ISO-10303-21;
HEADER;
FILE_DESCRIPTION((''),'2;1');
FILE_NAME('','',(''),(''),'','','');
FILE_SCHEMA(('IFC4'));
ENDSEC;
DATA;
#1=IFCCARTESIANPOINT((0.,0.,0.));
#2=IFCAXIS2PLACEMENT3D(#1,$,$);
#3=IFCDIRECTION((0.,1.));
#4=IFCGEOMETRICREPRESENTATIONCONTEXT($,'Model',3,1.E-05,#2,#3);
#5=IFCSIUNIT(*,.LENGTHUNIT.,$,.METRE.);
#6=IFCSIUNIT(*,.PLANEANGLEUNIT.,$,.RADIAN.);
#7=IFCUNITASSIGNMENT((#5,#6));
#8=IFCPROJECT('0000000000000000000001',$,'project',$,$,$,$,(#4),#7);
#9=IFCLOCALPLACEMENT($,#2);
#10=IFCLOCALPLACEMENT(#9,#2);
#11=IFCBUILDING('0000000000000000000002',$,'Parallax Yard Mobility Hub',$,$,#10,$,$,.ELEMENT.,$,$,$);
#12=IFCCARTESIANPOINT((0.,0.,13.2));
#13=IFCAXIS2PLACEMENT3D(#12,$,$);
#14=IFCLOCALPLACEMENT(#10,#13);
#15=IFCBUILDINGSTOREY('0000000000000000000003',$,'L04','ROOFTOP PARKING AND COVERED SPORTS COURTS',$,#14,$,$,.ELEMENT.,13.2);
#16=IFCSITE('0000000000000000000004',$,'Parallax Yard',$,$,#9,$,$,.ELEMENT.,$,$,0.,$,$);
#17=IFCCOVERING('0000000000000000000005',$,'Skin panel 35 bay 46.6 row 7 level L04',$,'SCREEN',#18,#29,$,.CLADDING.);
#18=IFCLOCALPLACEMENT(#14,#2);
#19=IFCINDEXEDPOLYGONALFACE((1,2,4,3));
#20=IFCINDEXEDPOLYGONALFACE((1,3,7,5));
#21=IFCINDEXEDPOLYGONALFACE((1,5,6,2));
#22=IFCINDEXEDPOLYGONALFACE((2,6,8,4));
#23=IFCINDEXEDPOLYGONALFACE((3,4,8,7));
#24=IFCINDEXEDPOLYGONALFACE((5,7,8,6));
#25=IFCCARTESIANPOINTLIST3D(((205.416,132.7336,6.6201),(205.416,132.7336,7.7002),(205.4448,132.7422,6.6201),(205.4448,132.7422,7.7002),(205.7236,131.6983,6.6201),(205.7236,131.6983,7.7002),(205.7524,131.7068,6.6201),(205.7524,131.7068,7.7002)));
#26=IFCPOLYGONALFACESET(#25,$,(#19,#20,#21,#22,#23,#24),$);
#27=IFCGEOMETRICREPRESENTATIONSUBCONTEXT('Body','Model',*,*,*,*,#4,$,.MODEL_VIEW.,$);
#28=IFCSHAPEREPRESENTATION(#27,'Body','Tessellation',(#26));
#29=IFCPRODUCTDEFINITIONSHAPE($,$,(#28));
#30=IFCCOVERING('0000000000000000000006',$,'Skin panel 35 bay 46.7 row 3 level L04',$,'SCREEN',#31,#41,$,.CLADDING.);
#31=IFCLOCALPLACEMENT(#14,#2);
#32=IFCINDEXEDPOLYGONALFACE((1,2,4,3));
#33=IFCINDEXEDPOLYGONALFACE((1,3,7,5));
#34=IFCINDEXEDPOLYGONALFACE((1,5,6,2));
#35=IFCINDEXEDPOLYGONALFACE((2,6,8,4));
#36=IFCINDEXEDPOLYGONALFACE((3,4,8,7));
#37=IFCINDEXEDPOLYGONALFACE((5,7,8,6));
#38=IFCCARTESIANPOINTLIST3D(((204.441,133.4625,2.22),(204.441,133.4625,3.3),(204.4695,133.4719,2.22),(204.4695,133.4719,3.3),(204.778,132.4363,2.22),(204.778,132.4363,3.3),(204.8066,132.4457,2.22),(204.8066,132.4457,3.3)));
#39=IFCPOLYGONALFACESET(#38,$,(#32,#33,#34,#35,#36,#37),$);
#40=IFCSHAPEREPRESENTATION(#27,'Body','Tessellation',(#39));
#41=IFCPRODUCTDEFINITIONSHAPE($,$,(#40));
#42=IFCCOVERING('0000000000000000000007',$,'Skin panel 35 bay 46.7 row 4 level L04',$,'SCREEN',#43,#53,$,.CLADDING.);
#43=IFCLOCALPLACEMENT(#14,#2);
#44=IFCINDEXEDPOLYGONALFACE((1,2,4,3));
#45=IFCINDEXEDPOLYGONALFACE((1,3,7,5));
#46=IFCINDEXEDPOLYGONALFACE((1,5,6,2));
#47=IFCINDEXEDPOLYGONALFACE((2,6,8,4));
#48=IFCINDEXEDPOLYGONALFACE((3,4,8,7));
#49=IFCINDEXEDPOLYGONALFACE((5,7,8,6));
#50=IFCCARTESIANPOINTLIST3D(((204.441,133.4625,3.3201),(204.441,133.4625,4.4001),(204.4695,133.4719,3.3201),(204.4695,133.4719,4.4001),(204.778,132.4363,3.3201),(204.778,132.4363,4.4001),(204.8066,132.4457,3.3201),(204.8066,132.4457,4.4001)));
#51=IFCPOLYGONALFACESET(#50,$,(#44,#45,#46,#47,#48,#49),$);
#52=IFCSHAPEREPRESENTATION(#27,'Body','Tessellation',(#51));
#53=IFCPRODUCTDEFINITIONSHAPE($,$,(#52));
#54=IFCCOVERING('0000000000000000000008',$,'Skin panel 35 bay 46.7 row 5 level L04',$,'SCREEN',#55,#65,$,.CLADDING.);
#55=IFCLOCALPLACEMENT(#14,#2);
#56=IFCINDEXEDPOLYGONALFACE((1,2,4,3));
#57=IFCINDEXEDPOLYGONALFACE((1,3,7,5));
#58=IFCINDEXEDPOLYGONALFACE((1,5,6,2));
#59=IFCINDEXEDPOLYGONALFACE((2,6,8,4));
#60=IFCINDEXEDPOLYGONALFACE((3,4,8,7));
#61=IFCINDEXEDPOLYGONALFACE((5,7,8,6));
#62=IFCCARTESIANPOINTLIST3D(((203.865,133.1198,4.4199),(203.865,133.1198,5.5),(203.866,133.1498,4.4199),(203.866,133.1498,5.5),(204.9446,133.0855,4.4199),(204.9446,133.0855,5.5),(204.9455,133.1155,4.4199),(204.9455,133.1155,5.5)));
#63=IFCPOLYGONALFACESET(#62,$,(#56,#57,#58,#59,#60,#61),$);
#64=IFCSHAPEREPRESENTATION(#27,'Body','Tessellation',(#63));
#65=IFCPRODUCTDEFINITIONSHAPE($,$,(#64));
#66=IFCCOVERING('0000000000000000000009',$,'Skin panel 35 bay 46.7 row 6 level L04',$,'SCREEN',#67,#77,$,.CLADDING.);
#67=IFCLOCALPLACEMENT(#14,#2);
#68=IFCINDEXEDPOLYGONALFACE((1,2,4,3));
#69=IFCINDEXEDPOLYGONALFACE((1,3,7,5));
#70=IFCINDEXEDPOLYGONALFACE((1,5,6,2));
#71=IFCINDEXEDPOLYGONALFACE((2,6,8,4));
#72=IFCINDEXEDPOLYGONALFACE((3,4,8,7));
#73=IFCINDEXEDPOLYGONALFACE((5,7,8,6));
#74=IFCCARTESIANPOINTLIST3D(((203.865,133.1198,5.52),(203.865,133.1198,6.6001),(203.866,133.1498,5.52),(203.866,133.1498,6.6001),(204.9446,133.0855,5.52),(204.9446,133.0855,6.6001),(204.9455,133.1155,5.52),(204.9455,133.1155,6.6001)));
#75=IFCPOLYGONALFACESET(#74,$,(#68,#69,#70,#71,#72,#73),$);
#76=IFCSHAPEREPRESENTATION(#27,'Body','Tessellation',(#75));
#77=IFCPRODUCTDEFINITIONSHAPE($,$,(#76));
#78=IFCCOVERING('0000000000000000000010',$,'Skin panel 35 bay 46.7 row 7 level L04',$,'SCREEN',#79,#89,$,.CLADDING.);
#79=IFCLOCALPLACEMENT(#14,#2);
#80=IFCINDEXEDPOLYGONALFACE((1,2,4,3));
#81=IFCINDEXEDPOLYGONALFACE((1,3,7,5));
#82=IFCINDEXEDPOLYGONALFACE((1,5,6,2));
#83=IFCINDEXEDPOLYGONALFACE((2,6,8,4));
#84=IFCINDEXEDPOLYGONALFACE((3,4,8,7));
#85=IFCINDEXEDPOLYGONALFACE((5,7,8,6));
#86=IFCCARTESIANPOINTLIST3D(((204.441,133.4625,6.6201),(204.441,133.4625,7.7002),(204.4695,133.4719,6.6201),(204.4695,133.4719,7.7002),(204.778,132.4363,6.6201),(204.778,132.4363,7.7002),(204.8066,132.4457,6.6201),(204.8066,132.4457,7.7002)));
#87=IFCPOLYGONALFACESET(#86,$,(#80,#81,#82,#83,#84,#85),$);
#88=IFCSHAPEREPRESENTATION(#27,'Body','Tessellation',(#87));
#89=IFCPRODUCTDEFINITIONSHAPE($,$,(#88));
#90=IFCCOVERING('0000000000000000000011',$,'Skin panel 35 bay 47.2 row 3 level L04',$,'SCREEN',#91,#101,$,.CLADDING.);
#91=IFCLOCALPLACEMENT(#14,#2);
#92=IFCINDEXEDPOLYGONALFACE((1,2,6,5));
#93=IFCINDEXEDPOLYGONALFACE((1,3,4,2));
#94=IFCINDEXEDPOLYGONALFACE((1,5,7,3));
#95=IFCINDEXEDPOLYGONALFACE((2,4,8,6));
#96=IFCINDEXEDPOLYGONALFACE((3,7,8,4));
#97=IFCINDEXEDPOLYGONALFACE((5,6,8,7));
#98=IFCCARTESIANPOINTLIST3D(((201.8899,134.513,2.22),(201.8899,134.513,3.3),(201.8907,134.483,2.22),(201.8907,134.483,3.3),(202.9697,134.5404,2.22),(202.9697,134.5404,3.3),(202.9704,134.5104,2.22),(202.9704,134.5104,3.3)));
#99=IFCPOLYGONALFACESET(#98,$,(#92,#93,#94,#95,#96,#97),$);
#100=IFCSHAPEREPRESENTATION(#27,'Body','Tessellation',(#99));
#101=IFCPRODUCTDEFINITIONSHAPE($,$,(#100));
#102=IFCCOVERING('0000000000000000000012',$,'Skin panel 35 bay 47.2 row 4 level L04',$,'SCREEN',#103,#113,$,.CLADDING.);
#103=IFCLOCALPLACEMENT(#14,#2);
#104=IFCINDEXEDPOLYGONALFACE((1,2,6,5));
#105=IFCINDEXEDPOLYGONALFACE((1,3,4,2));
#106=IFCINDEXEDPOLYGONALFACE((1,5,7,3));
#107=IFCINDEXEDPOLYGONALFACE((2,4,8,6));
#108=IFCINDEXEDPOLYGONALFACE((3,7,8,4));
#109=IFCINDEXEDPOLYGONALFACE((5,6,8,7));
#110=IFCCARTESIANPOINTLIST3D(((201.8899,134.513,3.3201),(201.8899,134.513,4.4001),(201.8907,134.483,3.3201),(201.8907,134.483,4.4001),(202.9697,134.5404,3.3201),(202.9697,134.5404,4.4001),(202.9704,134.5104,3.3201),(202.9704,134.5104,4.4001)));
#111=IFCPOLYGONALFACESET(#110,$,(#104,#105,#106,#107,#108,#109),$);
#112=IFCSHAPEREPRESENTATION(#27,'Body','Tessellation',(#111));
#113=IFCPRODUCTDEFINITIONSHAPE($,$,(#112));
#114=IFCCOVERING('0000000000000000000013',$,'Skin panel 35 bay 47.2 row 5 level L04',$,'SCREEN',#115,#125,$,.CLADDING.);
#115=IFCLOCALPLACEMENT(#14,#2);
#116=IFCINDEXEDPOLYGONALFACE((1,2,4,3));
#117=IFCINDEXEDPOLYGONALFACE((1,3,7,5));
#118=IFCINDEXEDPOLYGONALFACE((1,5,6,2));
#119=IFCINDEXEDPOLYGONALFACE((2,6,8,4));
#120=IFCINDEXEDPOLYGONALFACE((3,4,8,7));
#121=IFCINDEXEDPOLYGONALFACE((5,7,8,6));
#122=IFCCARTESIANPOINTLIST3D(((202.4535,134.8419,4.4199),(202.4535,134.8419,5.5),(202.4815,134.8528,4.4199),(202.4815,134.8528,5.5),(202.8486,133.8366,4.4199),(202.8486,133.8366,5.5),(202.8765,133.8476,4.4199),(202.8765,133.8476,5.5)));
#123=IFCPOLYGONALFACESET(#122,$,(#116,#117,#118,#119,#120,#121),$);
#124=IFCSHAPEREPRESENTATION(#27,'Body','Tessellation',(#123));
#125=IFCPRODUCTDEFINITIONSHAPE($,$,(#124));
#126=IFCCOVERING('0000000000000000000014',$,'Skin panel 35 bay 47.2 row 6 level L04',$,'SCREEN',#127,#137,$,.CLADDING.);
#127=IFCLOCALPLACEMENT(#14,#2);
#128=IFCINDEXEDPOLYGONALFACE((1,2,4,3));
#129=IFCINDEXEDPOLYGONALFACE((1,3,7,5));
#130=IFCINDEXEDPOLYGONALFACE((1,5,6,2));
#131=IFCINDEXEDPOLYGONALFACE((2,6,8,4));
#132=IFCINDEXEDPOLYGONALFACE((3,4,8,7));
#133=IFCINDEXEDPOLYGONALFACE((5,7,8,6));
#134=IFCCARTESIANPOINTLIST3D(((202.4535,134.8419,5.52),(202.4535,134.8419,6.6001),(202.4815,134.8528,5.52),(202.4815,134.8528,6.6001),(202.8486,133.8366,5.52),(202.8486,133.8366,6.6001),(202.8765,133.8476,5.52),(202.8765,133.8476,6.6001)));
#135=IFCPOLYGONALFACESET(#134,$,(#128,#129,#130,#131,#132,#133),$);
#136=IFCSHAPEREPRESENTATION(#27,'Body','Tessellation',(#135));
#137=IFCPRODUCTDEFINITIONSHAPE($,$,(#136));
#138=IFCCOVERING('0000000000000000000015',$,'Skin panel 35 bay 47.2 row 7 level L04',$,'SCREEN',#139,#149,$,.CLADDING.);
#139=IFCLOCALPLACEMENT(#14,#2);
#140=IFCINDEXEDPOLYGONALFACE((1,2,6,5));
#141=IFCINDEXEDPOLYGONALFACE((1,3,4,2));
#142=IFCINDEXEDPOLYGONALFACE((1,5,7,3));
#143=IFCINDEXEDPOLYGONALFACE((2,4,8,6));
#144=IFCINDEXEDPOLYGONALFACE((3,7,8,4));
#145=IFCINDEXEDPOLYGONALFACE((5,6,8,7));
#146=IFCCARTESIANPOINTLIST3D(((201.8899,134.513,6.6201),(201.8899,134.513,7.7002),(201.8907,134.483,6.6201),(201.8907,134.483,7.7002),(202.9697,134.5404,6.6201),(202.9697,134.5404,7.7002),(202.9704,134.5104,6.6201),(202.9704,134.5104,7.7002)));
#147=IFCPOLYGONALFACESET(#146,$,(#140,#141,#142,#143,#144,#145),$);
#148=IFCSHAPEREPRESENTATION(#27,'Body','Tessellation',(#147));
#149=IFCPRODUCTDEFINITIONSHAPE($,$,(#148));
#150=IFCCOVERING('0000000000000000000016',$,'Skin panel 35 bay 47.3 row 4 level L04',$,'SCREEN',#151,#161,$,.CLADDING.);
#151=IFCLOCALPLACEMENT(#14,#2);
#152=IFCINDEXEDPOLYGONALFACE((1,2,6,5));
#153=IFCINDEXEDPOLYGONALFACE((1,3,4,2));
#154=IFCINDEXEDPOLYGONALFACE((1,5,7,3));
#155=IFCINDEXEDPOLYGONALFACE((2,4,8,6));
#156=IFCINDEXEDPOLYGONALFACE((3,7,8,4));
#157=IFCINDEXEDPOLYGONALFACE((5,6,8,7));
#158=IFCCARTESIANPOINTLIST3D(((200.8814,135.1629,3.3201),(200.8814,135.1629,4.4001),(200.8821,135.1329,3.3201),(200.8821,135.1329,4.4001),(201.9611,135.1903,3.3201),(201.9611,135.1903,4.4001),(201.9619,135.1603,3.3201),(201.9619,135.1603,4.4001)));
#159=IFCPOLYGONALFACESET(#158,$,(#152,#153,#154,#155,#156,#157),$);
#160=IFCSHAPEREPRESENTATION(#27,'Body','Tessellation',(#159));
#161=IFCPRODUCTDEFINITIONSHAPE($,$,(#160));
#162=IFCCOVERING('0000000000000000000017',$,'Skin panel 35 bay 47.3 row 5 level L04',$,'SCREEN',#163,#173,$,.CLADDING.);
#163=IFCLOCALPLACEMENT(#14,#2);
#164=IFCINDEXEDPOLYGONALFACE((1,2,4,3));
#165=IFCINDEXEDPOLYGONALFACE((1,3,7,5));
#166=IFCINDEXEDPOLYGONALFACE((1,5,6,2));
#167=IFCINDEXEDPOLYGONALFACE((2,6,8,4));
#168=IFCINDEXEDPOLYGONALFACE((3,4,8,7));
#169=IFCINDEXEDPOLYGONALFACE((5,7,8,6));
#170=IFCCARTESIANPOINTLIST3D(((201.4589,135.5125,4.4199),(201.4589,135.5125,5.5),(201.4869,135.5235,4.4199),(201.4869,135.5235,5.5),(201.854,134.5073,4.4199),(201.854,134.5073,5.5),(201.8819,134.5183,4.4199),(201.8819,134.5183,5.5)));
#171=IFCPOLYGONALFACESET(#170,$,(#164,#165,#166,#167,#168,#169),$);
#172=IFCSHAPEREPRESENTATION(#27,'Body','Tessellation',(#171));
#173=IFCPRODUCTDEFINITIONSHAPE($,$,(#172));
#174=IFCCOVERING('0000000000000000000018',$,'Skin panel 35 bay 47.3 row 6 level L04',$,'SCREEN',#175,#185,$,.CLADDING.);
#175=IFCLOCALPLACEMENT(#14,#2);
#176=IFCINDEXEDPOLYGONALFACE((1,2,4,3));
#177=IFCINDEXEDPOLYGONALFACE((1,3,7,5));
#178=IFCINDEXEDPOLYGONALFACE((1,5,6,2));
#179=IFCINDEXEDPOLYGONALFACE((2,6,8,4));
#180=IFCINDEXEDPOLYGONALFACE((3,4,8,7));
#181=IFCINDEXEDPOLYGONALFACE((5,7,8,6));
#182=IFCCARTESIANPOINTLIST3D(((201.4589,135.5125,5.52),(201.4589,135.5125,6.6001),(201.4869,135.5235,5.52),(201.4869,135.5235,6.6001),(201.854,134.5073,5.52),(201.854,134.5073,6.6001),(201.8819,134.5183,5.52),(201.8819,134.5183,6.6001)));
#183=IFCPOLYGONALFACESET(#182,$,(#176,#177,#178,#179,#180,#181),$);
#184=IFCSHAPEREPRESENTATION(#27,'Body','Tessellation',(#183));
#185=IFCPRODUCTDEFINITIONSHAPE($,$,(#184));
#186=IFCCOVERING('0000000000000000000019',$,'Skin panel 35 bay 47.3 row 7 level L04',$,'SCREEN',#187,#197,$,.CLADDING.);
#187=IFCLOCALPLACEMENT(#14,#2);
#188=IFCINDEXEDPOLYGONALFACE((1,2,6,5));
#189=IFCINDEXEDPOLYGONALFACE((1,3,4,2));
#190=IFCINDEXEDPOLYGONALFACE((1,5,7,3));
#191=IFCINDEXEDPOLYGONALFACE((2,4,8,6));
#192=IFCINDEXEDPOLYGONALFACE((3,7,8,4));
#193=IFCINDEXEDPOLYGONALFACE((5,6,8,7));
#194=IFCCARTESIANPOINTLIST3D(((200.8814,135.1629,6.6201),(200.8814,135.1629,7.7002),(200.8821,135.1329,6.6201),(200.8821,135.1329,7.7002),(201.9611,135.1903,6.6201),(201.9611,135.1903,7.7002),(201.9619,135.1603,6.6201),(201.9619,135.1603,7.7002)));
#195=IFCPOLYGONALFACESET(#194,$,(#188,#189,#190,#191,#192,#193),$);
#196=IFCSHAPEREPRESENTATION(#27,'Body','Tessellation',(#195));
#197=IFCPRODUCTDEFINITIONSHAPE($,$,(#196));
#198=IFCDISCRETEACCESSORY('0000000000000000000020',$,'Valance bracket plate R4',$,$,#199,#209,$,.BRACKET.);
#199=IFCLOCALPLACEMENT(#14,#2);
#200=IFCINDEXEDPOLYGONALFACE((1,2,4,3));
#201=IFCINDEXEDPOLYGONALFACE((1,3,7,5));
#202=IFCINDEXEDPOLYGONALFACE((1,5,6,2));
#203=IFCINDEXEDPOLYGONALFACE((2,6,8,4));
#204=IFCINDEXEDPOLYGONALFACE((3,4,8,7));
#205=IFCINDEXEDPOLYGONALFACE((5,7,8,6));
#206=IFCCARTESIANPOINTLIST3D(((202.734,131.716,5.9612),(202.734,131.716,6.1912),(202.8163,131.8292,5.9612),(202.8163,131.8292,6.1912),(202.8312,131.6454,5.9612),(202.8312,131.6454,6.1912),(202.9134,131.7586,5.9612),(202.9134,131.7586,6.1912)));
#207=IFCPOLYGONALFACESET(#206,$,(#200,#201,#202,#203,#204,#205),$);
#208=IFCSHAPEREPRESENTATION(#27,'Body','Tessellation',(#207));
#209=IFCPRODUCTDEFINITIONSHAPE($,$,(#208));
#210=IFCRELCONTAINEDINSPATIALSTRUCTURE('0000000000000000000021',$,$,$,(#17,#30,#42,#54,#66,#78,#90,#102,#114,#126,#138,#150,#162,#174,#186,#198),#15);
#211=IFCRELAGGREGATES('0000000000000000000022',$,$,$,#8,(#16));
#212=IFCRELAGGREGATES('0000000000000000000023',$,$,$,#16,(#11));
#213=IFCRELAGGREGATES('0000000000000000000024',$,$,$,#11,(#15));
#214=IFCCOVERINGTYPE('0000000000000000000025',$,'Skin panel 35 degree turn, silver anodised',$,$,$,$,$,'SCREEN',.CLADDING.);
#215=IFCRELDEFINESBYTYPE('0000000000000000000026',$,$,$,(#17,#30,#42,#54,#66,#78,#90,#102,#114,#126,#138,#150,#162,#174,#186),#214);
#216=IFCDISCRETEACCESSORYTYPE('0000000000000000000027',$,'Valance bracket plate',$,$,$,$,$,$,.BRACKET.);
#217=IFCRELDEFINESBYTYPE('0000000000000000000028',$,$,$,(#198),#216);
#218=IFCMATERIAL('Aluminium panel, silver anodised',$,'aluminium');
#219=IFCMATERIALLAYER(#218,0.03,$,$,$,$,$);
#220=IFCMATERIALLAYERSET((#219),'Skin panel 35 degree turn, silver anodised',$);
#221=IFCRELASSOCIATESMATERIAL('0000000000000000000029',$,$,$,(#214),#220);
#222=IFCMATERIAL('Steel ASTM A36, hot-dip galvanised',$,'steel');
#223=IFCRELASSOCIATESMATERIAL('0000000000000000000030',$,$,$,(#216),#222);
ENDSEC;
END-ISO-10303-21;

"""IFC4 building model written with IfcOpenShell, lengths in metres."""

from ifc_helpers import new_model, si_unit, direction, frame, origin, origin_2d, place, context, subcontext, project, spatial, rectangle, extrude, material, layer, layer_set, type_object, element, save


model = new_model("IFC4")

# Units and contexts
model_context = context("Model", 3, precision=1e-05, world=origin(), true_north=direction((0.0, 1.0)))
body_context = subcontext(model_context, "Body", "Model", "MODEL_VIEW")
ifc_project = project(units=[si_unit("LENGTHUNIT", "METRE"), si_unit("PLANEANGLEUNIT", "RADIAN")], contexts=[model_context])

# Site, building, storey
site_placement = place(None, origin())
site = spatial("IfcSite", under=ifc_project, at=site_placement, Name="Parallax Yard", CompositionType="ELEMENT", RefElevation=0.0)
building_placement = place(site_placement, origin())
building = spatial("IfcBuilding", under=site, at=building_placement, Name="Parallax Yard Mobility Hub", CompositionType="ELEMENT")
storey_placement = place(building_placement, frame((0.0, 0.0, 13.2)))
storey = spatial("IfcBuildingStorey", under=building, at=storey_placement, Name="L04", Description="ROOFTOP PARKING AND COVERED SPORTS COURTS", CompositionType="ELEMENT", Elevation=13.2)

# Coverings
ifc_material_1 = material(Name="Aluminium panel, silver anodised", Category="aluminium")
ifc_layer_1 = layer(ifc_material_1, 0.03)
ifc_layer_set_1 = layer_set([ifc_layer_1], Name="Skin panel 35 degree turn, silver anodised")
covering_type_1 = type_object("IfcCoveringType", Name="Skin panel 35 degree turn, silver anodised", ElementType="SCREEN", PredefinedType="CLADDING", material=ifc_layer_set_1)
for number, where, z_axis, x_axis, name in (
    (1, (205.5842, 132.2202, 6.6201), (0.0, 0.0, 1.0), (-0.284777, 0.958594, 0.0), "Skin panel 35 bay 46.6 row 7 level L04"),
    (2, (204.6238, 132.9541, 2.22), (0.0, 0.0, 1.0), (-0.312033, 0.950071, 0.0), "Skin panel 35 bay 46.7 row 3 level L04"),
    (3, (204.6238, 132.9541, 3.3201), (0.0, 0.0, 1.0), (-0.312033, 0.950071, 0.0), "Skin panel 35 bay 46.7 row 4 level L04"),
    (4, (204.4053, 133.1177, 4.4199), (0.0, 0.0, 1.0), (0.999497, -0.031728, 0.0), "Skin panel 35 bay 46.7 row 5 level L04"),
    (5, (204.4053, 133.1177, 5.52), (0.0, 0.0, 1.0), (0.999497, -0.031728, 0.0), "Skin panel 35 bay 46.7 row 6 level L04"),
    (6, (204.6238, 132.9541, 6.6201), (0.0, 0.0, 1.0), (-0.312033, 0.950071, 0.0), "Skin panel 35 bay 46.7 row 7 level L04"),
    (7, (202.4302, 134.5117, 2.22), (0.0, 0.0, 1.0), (0.999678, 0.025383, 0.0), "Skin panel 35 bay 47.2 row 3 level L04"),
    (8, (202.4302, 134.5117, 3.3201), (0.0, 0.0, 1.0), (0.999678, 0.025383, 0.0), "Skin panel 35 bay 47.2 row 4 level L04"),
    (9, (202.665, 134.3447, 4.4199), (0.0, 0.0, 1.0), (-0.365762, 0.930708, 0.0), "Skin panel 35 bay 47.2 row 5 level L04"),
    (10, (202.665, 134.3447, 5.52), (0.0, 0.0, 1.0), (-0.365762, 0.930708, 0.0), "Skin panel 35 bay 47.2 row 6 level L04"),
    (11, (202.4302, 134.5117, 6.6201), (0.0, 0.0, 1.0), (0.999678, 0.025383, 0.0), "Skin panel 35 bay 47.2 row 7 level L04"),
    (12, (201.4216, 135.1616, 3.3201), (0.0, 0.0, 1.0), (0.999678, 0.025383, 0.0), "Skin panel 35 bay 47.3 row 4 level L04"),
    (13, (201.6704, 135.0154, 4.4199), (0.0, 0.0, 1.0), (-0.365762, 0.930708, 0.0), "Skin panel 35 bay 47.3 row 5 level L04"),
    (14, (201.6704, 135.0154, 5.52), (0.0, 0.0, 1.0), (-0.365762, 0.930708, 0.0), "Skin panel 35 bay 47.3 row 6 level L04"),
    (15, (201.4216, 135.1616, 6.6201), (0.0, 0.0, 1.0), (0.999678, 0.025383, 0.0), "Skin panel 35 bay 47.3 row 7 level L04"),
):
    element("IfcCovering", number, at=place(storey_placement, frame(where, z_axis=z_axis, x_axis=x_axis)), inside=storey, type_object=covering_type_1, Name=name, ObjectType="SCREEN", PredefinedType="CLADDING", context=body_context, shape_type="SweptSolid", body=[
        extrude(rectangle(XDim=1.0801, YDim=0.03, at=origin_2d()), origin(), (0.0, 0.0, 1.0), 1.0801),
    ])

# Discrete accessory
ifc_material_2 = material(Name="Steel ASTM A36, hot-dip galvanised", Category="steel")
discrete_accessory_type = type_object("IfcDiscreteAccessoryType", Name="Valance bracket plate", PredefinedType="BRACKET", material=ifc_material_2)
discrete_accessory_placement = place(storey_placement, frame((202.8237, 131.7373, 5.9612), z_axis=(0.0, 0.0, 1.0), x_axis=(0.587785, 0.809017, 0.0)))
element("IfcDiscreteAccessory", 16, at=discrete_accessory_placement, inside=storey, type_object=discrete_accessory_type, Name="Valance bracket plate R4", PredefinedType="BRACKET", context=body_context, shape_type="SweptSolid", body=[
    extrude(rectangle(XDim=0.1399, YDim=0.1201, at=origin_2d()), origin(), (0.0, 0.0, 1.0), 0.23),
])

save(model, "model.ifc")
